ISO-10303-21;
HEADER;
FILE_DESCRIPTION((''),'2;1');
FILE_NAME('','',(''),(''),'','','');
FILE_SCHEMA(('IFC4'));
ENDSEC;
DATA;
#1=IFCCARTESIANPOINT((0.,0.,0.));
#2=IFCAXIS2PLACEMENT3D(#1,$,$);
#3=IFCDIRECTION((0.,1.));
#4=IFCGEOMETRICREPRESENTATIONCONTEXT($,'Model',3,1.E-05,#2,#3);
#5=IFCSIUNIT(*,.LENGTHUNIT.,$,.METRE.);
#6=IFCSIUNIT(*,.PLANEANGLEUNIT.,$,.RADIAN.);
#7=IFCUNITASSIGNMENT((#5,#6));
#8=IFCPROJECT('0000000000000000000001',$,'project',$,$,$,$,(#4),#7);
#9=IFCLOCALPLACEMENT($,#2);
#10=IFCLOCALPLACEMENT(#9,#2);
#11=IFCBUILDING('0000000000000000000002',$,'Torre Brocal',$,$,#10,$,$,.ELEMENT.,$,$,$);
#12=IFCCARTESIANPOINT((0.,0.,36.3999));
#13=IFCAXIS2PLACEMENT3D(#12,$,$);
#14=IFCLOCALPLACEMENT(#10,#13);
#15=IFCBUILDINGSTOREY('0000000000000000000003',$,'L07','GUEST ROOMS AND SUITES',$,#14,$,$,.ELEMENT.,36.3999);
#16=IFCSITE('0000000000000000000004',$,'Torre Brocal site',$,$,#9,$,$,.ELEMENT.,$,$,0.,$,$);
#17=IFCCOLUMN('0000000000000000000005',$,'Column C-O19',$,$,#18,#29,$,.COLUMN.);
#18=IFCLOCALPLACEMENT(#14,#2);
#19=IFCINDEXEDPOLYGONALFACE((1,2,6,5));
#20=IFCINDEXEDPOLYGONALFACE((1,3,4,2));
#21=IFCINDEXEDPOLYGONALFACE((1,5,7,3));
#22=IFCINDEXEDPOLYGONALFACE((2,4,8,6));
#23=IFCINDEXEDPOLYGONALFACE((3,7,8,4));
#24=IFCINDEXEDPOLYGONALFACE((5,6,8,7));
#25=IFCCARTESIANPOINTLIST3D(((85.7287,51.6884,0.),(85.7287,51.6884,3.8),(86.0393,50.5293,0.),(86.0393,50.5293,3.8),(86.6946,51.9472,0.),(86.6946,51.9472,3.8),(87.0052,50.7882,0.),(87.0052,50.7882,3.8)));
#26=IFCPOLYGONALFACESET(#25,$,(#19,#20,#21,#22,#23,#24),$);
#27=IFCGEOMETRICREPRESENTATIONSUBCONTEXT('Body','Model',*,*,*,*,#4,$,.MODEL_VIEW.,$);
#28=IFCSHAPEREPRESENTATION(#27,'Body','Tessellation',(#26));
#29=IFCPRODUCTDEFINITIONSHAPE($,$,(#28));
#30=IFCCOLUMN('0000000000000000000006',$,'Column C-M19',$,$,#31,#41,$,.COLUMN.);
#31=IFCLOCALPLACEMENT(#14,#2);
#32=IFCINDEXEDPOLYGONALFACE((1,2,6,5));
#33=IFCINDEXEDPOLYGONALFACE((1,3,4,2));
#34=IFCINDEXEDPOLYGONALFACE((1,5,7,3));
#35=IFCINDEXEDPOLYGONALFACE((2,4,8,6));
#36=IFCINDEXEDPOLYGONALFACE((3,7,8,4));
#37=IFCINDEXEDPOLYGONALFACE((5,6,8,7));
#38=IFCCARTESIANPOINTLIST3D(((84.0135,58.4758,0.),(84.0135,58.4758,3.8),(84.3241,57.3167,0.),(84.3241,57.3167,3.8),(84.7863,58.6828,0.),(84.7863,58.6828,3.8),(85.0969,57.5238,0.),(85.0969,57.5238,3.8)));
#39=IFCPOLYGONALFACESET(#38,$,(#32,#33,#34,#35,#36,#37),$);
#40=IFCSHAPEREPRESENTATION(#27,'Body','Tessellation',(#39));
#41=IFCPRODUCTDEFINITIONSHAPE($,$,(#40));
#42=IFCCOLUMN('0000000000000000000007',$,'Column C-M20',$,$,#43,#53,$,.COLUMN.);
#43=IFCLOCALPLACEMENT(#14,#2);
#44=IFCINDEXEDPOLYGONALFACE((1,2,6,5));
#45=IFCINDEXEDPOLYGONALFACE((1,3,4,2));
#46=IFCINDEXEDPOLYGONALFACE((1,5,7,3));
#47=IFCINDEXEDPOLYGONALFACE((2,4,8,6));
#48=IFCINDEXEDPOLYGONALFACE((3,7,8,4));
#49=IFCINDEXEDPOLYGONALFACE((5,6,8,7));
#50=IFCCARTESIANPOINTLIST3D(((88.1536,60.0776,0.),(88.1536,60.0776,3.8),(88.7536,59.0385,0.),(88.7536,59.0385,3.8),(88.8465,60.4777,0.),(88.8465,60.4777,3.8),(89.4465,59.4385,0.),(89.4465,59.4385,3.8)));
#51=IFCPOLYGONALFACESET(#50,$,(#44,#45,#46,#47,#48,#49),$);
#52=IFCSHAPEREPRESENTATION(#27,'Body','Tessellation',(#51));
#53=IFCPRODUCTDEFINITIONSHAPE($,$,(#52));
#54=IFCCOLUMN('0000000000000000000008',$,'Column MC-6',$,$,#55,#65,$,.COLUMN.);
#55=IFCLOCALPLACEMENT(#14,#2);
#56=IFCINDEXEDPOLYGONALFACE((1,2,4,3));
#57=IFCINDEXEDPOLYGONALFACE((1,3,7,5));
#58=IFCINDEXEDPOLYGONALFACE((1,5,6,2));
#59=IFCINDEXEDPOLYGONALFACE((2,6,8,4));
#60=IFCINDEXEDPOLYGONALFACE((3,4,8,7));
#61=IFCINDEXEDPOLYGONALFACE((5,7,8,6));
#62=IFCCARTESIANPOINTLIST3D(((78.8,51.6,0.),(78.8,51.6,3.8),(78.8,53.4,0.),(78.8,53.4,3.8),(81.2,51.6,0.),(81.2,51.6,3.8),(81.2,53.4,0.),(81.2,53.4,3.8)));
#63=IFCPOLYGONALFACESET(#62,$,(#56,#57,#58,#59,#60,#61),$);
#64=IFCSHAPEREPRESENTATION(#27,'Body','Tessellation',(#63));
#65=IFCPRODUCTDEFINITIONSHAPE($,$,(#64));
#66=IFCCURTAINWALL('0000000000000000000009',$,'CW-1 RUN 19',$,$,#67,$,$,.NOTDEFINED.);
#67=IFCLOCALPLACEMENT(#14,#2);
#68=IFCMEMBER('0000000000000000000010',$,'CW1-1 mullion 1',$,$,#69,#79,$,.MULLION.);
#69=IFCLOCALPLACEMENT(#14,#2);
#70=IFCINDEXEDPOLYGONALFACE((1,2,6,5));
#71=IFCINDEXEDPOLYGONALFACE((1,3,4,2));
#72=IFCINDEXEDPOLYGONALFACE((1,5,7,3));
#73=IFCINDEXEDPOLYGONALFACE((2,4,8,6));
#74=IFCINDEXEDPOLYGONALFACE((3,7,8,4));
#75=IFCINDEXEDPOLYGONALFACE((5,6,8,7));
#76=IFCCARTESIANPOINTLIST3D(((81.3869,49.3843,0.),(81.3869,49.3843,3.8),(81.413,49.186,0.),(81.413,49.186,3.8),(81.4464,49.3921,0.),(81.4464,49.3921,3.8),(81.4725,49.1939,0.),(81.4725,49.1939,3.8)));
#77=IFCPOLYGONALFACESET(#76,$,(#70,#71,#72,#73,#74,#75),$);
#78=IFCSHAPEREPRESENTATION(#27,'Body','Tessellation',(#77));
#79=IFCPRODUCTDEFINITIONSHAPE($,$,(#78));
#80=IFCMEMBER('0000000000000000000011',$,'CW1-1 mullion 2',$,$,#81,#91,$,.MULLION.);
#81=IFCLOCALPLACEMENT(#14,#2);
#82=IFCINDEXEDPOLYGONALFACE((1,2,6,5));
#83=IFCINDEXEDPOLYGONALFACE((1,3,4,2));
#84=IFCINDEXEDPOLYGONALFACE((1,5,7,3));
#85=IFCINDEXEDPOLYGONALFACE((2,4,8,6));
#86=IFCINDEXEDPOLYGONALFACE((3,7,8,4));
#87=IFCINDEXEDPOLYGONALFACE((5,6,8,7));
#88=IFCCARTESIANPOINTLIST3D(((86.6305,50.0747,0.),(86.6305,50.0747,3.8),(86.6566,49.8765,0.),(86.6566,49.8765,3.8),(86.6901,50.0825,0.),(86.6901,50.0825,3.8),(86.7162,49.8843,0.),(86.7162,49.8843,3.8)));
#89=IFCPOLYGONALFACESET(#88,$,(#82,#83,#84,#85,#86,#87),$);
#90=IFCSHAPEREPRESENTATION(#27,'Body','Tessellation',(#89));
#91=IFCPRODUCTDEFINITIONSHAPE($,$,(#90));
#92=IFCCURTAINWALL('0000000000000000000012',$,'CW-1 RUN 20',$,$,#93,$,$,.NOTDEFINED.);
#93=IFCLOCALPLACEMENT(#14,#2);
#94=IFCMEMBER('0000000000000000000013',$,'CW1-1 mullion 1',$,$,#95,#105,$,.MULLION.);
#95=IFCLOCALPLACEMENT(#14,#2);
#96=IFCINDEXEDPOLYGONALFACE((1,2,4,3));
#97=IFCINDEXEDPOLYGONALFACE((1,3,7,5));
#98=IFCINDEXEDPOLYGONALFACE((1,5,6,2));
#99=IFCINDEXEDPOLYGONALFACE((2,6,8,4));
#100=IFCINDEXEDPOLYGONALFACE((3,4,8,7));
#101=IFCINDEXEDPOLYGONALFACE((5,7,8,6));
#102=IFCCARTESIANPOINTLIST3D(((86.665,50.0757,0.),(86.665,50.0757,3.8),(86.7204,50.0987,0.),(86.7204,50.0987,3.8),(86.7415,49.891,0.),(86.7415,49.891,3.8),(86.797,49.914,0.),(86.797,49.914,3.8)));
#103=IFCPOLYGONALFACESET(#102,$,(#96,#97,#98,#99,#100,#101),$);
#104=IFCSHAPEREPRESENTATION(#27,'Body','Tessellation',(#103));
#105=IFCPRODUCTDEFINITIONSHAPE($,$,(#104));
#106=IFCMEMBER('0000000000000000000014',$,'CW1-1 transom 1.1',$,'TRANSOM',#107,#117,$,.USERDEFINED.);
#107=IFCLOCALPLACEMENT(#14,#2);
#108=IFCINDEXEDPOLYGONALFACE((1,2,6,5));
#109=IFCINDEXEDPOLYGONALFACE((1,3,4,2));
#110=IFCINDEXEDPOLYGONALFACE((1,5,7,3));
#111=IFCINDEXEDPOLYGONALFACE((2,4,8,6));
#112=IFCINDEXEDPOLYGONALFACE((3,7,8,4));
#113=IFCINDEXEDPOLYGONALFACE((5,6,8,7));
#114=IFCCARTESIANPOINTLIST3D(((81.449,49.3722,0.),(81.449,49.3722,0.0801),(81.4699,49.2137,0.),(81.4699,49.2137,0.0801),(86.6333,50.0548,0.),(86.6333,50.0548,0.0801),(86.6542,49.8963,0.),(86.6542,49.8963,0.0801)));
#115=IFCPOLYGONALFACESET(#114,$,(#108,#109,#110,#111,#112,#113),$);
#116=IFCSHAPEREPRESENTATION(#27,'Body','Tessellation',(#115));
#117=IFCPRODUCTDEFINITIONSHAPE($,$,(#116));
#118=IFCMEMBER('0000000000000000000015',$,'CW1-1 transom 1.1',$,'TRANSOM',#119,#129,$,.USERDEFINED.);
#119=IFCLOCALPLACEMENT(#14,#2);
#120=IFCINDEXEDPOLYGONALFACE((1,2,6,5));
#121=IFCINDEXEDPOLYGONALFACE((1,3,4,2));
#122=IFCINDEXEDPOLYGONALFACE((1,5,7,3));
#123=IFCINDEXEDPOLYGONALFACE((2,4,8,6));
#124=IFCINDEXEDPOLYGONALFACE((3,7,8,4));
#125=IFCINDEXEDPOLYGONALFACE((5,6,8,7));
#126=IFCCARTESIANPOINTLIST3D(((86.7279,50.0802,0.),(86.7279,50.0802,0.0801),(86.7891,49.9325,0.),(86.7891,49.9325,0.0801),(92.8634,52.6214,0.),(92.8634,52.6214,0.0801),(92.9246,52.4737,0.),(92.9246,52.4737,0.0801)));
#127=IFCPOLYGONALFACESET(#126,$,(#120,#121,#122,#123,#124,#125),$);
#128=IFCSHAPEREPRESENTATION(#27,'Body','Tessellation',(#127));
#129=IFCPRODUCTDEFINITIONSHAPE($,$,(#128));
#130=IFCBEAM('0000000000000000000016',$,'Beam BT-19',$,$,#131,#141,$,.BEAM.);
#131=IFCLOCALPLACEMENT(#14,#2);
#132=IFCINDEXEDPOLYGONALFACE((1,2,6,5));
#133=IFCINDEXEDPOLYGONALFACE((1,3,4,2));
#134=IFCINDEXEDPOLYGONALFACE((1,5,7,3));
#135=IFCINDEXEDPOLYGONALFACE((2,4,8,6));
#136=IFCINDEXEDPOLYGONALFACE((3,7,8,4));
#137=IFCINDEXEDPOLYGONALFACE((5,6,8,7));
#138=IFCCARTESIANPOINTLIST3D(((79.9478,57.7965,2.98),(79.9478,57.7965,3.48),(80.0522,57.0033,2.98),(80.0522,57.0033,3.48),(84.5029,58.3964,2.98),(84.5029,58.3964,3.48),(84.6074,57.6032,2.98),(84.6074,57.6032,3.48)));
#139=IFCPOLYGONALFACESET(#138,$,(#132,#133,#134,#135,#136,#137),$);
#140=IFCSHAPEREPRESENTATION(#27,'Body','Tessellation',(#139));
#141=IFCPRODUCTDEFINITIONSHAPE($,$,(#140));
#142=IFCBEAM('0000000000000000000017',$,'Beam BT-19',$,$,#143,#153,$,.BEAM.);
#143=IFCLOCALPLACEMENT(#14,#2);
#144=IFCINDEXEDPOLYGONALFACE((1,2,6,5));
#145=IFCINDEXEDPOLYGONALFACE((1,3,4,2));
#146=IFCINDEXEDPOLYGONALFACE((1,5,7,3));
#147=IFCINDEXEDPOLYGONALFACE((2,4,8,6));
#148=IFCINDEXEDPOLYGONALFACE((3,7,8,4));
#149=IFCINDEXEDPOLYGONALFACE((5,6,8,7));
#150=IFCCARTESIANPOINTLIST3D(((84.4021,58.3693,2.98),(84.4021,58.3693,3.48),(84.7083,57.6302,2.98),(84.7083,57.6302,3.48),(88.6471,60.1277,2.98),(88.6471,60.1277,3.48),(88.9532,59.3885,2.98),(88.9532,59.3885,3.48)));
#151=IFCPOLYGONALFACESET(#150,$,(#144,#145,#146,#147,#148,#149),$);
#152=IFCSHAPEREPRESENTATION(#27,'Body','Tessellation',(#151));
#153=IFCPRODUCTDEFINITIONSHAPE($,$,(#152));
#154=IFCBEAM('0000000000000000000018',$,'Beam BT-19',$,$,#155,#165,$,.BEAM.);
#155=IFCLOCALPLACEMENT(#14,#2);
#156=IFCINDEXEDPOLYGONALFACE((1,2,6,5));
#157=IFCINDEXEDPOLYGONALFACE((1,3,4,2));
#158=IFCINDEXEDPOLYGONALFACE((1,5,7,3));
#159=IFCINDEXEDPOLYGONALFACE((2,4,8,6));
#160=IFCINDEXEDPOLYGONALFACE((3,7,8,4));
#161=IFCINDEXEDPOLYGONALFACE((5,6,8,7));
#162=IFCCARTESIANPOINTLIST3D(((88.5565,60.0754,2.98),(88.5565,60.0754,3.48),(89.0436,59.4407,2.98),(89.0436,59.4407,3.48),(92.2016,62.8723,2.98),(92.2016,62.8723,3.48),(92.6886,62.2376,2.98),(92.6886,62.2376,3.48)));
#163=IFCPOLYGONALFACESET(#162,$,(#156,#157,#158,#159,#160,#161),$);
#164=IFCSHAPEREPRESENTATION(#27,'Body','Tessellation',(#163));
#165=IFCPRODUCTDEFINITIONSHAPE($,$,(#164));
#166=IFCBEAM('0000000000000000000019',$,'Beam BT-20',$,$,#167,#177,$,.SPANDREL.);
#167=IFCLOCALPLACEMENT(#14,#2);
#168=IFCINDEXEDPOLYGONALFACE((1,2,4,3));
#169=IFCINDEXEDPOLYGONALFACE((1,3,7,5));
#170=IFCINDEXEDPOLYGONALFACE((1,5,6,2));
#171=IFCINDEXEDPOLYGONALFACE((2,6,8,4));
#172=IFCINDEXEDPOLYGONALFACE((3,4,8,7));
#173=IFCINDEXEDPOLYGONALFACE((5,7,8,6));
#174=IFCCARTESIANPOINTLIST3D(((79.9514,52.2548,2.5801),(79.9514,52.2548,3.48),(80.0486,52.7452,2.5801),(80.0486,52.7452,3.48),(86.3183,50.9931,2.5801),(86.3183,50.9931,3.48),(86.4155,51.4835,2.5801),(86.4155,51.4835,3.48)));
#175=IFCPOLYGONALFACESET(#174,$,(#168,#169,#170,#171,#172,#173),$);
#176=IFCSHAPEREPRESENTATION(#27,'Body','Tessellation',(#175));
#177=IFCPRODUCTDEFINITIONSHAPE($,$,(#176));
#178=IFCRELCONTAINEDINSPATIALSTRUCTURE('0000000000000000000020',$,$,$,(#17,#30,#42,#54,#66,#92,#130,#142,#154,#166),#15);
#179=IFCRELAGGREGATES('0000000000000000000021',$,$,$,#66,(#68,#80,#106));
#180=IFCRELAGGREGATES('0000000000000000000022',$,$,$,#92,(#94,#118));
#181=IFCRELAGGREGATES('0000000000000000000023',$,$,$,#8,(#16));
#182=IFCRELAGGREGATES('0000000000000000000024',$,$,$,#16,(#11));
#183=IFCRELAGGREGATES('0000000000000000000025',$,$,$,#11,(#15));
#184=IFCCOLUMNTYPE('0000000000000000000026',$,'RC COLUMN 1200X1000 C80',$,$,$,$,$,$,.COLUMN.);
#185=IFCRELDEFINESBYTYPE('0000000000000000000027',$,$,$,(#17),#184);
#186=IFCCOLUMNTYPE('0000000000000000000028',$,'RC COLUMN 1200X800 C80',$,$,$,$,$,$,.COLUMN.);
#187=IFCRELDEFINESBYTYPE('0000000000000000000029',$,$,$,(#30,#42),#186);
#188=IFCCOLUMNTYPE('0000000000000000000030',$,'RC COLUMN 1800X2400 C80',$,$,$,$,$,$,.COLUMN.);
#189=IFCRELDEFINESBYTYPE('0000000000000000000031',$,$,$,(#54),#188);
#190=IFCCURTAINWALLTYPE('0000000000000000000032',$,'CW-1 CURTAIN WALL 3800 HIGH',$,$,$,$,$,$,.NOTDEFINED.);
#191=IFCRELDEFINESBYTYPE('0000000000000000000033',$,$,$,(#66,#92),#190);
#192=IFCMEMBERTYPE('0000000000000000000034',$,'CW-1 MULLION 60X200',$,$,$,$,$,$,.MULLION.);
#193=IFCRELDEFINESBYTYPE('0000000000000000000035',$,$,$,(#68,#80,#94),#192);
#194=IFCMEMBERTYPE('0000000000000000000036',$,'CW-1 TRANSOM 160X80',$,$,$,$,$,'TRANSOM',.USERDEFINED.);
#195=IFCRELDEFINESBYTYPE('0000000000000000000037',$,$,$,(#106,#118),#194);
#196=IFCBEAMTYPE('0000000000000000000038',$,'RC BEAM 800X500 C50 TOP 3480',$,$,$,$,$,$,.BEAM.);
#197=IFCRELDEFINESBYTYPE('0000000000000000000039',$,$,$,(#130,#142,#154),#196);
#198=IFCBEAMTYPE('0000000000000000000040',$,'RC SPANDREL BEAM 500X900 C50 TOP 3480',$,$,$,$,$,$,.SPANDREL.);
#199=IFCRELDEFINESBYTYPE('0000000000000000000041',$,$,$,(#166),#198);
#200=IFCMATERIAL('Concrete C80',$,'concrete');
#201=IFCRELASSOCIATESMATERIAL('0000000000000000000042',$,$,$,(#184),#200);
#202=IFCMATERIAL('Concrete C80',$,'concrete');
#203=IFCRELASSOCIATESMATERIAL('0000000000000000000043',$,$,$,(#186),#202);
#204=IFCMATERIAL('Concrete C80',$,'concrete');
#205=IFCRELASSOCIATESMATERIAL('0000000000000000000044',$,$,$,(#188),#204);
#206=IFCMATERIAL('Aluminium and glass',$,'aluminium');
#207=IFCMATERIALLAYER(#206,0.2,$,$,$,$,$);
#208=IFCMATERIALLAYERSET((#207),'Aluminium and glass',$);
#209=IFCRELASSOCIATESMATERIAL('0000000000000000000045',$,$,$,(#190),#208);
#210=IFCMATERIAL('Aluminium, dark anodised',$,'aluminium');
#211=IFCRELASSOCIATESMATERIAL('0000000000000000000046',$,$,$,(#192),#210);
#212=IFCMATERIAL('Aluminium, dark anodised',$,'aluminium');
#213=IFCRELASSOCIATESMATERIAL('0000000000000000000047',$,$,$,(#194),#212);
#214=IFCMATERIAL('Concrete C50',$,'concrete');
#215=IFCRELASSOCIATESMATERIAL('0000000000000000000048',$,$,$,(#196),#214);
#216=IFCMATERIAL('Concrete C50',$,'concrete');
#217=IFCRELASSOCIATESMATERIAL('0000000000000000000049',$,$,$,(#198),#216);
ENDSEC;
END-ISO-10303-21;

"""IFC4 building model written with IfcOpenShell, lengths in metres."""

from ifc_helpers import new_model, si_unit, direction, frame, origin, origin_2d, place, context, subcontext, project, spatial, rectangle, extrude, material, layer, layer_set, material_profile, profile_set, type_object, element, aggregate, save


model = new_model("IFC4")

# Units and contexts
model_context = context("Model", 3, precision=1e-05, world=origin(), true_north=direction((0.0, 1.0)))
body_context = subcontext(model_context, "Body", "Model", "MODEL_VIEW")
ifc_project = project(units=[si_unit("LENGTHUNIT", "METRE"), si_unit("PLANEANGLEUNIT", "RADIAN")], contexts=[model_context])

# Site, building, storey
site_placement = place(None, origin())
site = spatial("IfcSite", under=ifc_project, at=site_placement, Name="Torre Brocal site", CompositionType="ELEMENT", RefElevation=0.0)
building_placement = place(site_placement, origin())
building = spatial("IfcBuilding", under=site, at=building_placement, Name="Torre Brocal", CompositionType="ELEMENT")
storey_placement = place(building_placement, frame((0.0, 0.0, 36.3999)))
storey = spatial("IfcBuildingStorey", under=building, at=storey_placement, Name="L07", Description="GUEST ROOMS AND SUITES", CompositionType="ELEMENT", Elevation=36.3999)

# Columns
ifc_material_1 = material(Name="Concrete C80", Category="concrete")
ifc_material_profile_1 = material_profile(ifc_material_1, rectangle(XDim=1.2, YDim=1.0, at=origin_2d()), Name="RC 1200X1000")
ifc_profile_set_1 = profile_set([ifc_material_profile_1], Name="Concrete C80")
column_type_1 = type_object("IfcColumnType", Name="RC COLUMN 1200X1000 C80", PredefinedType="COLUMN", material=ifc_profile_set_1)
column_1_placement = place(storey_placement, frame((86.3669, 51.2383, 0.0), z_axis=(0.0, 0.0, 1.0), x_axis=(0.258819, -0.965926, 0.0)))
element("IfcColumn", 1, at=column_1_placement, inside=storey, type_object=column_type_1, Name="Column C-O19", PredefinedType="COLUMN", context=body_context, shape_type="SweptSolid", body=[
    extrude(rectangle(XDim=1.2, YDim=1.0, at=origin_2d()), origin(), (0.0, 0.0, 1.0), 3.8),
])
ifc_material_2 = material(Name="Concrete C80", Category="concrete")
ifc_material_profile_2 = material_profile(ifc_material_2, rectangle(XDim=1.2, YDim=0.8, at=origin_2d()), Name="RC 1200X800")
ifc_profile_set_2 = profile_set([ifc_material_profile_2], Name="Concrete C80")
column_type_2 = type_object("IfcColumnType", Name="RC COLUMN 1200X800 C80", PredefinedType="COLUMN", material=ifc_profile_set_2)
for number, where, z_axis, x_axis, name in (
    (2, (84.5552, 57.9998, 0.0), (0.0, 0.0, 1.0), (0.258819, -0.965926, 0.0), "Column C-M19"),
    (3, (88.8, 59.7581, 0.0), (0.0, 0.0, 1.0), (0.5, -0.866025, 0.0), "Column C-M20"),
):
    element("IfcColumn", number, at=place(storey_placement, frame(where, z_axis=z_axis, x_axis=x_axis)), inside=storey, type_object=column_type_2, Name=name, PredefinedType="COLUMN", context=body_context, shape_type="SweptSolid", body=[
        extrude(rectangle(XDim=1.2, YDim=0.8, at=origin_2d()), origin(), (0.0, 0.0, 1.0), 3.8),
    ])
ifc_material_3 = material(Name="Concrete C80", Category="concrete")
ifc_material_profile_3 = material_profile(ifc_material_3, rectangle(XDim=1.8, YDim=2.3999, at=origin_2d()), Name="RC 1800X2400")
ifc_profile_set_3 = profile_set([ifc_material_profile_3], Name="Concrete C80")
column_type_3 = type_object("IfcColumnType", Name="RC COLUMN 1800X2400 C80", PredefinedType="COLUMN", material=ifc_profile_set_3)
column_2_placement = place(storey_placement, frame((80.0, 52.5, 0.0), z_axis=(0.0, 0.0, 1.0), x_axis=(0.0, -1.0, 0.0)))
element("IfcColumn", 4, at=column_2_placement, inside=storey, type_object=column_type_3, Name="Column MC-6", PredefinedType="COLUMN", context=body_context, shape_type="SweptSolid", body=[
    extrude(rectangle(XDim=1.8, YDim=2.3999, at=origin_2d()), origin(), (0.0, 0.0, 1.0), 3.8),
])

# Curtain wall, members
ifc_material_4 = material(Name="Aluminium and glass", Category="aluminium")
ifc_layer_1 = layer(ifc_material_4, 0.2)
ifc_layer_set_1 = layer_set([ifc_layer_1], Name="Aluminium and glass")
curtain_wall_type = type_object("IfcCurtainWallType", Name="CW-1 CURTAIN WALL 3800 HIGH", PredefinedType="NOTDEFINED", material=ifc_layer_set_1)
curtain_wall_1_placement = place(storey_placement, origin())
curtain_wall_1 = element("IfcCurtainWall", 5, at=curtain_wall_1_placement, inside=storey, type_object=curtain_wall_type, Name="CW-1 RUN 19", PredefinedType="NOTDEFINED")
ifc_material_5 = material(Name="Aluminium, dark anodised", Category="aluminium")
ifc_material_profile_4 = material_profile(ifc_material_5, rectangle(XDim=0.2, YDim=0.0601, at=origin_2d()), Name="CW-1 MULLION 60X200")
ifc_profile_set_4 = profile_set([ifc_material_profile_4], Name="Aluminium, dark anodised")
member_type_1 = type_object("IfcMemberType", Name="CW-1 MULLION 60X200", PredefinedType="MULLION", material=ifc_profile_set_4)
member_1_placement = place(storey_placement, frame((81.4297, 49.2891, 0.0), z_axis=(0.0, 0.0, 1.0), x_axis=(-0.130526, 0.991445, 0.0)))
member_1 = element("IfcMember", 6, at=member_1_placement, type_object=member_type_1, Name="CW1-1 mullion 1", PredefinedType="MULLION", context=body_context, shape_type="SweptSolid", body=[
    extrude(rectangle(XDim=0.2, YDim=0.0601, at=origin_2d()), origin(), (0.0, 0.0, 1.0), 3.8),
])
member_2_placement = place(storey_placement, frame((86.6733, 49.9795, 0.0), z_axis=(0.0, 0.0, 1.0), x_axis=(-0.130526, 0.991445, 0.0)))
member_2 = element("IfcMember", 7, at=member_2_placement, type_object=member_type_1, Name="CW1-1 mullion 2", PredefinedType="MULLION", context=body_context, shape_type="SweptSolid", body=[
    extrude(rectangle(XDim=0.2, YDim=0.0601, at=origin_2d()), origin(), (0.0, 0.0, 1.0), 3.8),
])

# Curtain wall, member
curtain_wall_2_placement = place(storey_placement, origin())
curtain_wall_2 = element("IfcCurtainWall", 8, at=curtain_wall_2_placement, inside=storey, type_object=curtain_wall_type, Name="CW-1 RUN 20", PredefinedType="NOTDEFINED")
member_3_placement = place(storey_placement, frame((86.731, 49.9949, 0.0), z_axis=(0.0, 0.0, 1.0), x_axis=(-0.382683, 0.92388, 0.0)))
member_3 = element("IfcMember", 9, at=member_3_placement, type_object=member_type_1, Name="CW1-1 mullion 1", PredefinedType="MULLION", context=body_context, shape_type="SweptSolid", body=[
    extrude(rectangle(XDim=0.2, YDim=0.0601, at=origin_2d()), origin(), (0.0, 0.0, 1.0), 3.8),
])

# Members
ifc_material_6 = material(Name="Aluminium, dark anodised", Category="aluminium")
ifc_material_profile_5 = material_profile(ifc_material_6, rectangle(XDim=0.1599, YDim=0.0801, at=origin_2d()), Name="CW-1 TRANSOM 160X80")
ifc_profile_set_5 = profile_set([ifc_material_profile_5], Name="Aluminium, dark anodised")
member_type_2 = type_object("IfcMemberType", Name="CW-1 TRANSOM 160X80", ElementType="TRANSOM", PredefinedType="USERDEFINED", material=ifc_profile_set_5)
member_4_placement = place(storey_placement, frame((81.4595, 49.293, 0.04), z_axis=(0.991443, 0.130543, 0.0), x_axis=(-0.130543, 0.991443, 0.0)))
member_4 = element("IfcMember", 10, at=member_4_placement, type_object=member_type_2, Name="CW1-1 transom 1.1", ObjectType="TRANSOM", PredefinedType="USERDEFINED", context=body_context, shape_type="SweptSolid", body=[
    extrude(rectangle(XDim=0.1599, YDim=0.0801, at=origin_2d()), origin(), (0.0, 0.0, 1.0), 5.229),
])
member_5_placement = place(storey_placement, frame((86.7585, 50.0063, 0.04), z_axis=(0.923887, 0.382665, 0.0), x_axis=(-0.382665, 0.923887, 0.0)))
member_5 = element("IfcMember", 11, at=member_5_placement, type_object=member_type_2, Name="CW1-1 transom 1.1", ObjectType="TRANSOM", PredefinedType="USERDEFINED", context=body_context, shape_type="SweptSolid", body=[
    extrude(rectangle(XDim=0.1599, YDim=0.0801, at=origin_2d()), origin(), (0.0, 0.0, 1.0), 6.6409),
])

# Beams
ifc_material_7 = material(Name="Concrete C50", Category="concrete")
ifc_material_profile_6 = material_profile(ifc_material_7, rectangle(XDim=0.8, YDim=0.5, at=origin_2d()), Name="RC 800X500")
ifc_profile_set_6 = profile_set([ifc_material_profile_6], Name="Concrete C50")
beam_type_1 = type_object("IfcBeamType", Name="RC BEAM 800X500 C50 TOP 3480", PredefinedType="BEAM", material=ifc_profile_set_6)
beam_1_placement = place(storey_placement, frame((80.0, 57.3999, 3.23), z_axis=(0.991441, 0.130559, 0.0), x_axis=(-0.130559, 0.991441, 0.0)))
element("IfcBeam", 12, at=beam_1_placement, inside=storey, type_object=beam_type_1, Name="Beam BT-19", PredefinedType="BEAM", context=body_context, shape_type="SweptSolid", body=[
    extrude(rectangle(XDim=0.8, YDim=0.5, at=origin_2d()), origin(), (0.0, 0.0, 1.0), 4.5945),
])
beam_2_placement = place(storey_placement, frame((84.5552, 57.9998, 3.23), z_axis=(0.923878, 0.382687, 0.0), x_axis=(-0.382687, 0.923878, 0.0)))
element("IfcBeam", 13, at=beam_2_placement, inside=storey, type_object=beam_type_1, Name="Beam BT-19", PredefinedType="BEAM", context=body_context, shape_type="SweptSolid", body=[
    extrude(rectangle(XDim=0.8, YDim=0.5, at=origin_2d()), origin(), (0.0, 0.0, 1.0), 4.5947),
])
beam_3_placement = place(storey_placement, frame((88.8, 59.7581, 3.23), z_axis=(0.793358, 0.608755, 0.0), x_axis=(-0.608755, 0.793358, 0.0)))
element("IfcBeam", 14, at=beam_3_placement, inside=storey, type_object=beam_type_1, Name="Beam BT-19", PredefinedType="BEAM", context=body_context, shape_type="SweptSolid", body=[
    extrude(rectangle(XDim=0.8, YDim=0.5, at=origin_2d()), origin(), (0.0, 0.0, 1.0), 4.5945),
])
ifc_material_8 = material(Name="Concrete C50", Category="concrete")
ifc_material_profile_7 = material_profile(ifc_material_8, rectangle(XDim=0.5, YDim=0.8999, at=origin_2d()), Name="RC 500X900")
ifc_profile_set_7 = profile_set([ifc_material_profile_7], Name="Concrete C50")
beam_type_2 = type_object("IfcBeamType", Name="RC SPANDREL BEAM 500X900 C50 TOP 3480", PredefinedType="SPANDREL", material=ifc_profile_set_7)
beam_4_placement = place(storey_placement, frame((80.0, 52.5, 3.03), z_axis=(0.980925, -0.194387, 0.0), x_axis=(0.194387, 0.980925, 0.0)))
element("IfcBeam", 15, at=beam_4_placement, inside=storey, type_object=beam_type_2, Name="Beam BT-20", PredefinedType="SPANDREL", context=body_context, shape_type="SweptSolid", body=[
    extrude(rectangle(XDim=0.5, YDim=0.8999, at=origin_2d()), origin(), (0.0, 0.0, 1.0), 6.4907),
])

aggregate(curtain_wall_1, [member_1, member_2, member_4])
aggregate(curtain_wall_2, [member_3, member_5])

save(model, "model.ifc")
